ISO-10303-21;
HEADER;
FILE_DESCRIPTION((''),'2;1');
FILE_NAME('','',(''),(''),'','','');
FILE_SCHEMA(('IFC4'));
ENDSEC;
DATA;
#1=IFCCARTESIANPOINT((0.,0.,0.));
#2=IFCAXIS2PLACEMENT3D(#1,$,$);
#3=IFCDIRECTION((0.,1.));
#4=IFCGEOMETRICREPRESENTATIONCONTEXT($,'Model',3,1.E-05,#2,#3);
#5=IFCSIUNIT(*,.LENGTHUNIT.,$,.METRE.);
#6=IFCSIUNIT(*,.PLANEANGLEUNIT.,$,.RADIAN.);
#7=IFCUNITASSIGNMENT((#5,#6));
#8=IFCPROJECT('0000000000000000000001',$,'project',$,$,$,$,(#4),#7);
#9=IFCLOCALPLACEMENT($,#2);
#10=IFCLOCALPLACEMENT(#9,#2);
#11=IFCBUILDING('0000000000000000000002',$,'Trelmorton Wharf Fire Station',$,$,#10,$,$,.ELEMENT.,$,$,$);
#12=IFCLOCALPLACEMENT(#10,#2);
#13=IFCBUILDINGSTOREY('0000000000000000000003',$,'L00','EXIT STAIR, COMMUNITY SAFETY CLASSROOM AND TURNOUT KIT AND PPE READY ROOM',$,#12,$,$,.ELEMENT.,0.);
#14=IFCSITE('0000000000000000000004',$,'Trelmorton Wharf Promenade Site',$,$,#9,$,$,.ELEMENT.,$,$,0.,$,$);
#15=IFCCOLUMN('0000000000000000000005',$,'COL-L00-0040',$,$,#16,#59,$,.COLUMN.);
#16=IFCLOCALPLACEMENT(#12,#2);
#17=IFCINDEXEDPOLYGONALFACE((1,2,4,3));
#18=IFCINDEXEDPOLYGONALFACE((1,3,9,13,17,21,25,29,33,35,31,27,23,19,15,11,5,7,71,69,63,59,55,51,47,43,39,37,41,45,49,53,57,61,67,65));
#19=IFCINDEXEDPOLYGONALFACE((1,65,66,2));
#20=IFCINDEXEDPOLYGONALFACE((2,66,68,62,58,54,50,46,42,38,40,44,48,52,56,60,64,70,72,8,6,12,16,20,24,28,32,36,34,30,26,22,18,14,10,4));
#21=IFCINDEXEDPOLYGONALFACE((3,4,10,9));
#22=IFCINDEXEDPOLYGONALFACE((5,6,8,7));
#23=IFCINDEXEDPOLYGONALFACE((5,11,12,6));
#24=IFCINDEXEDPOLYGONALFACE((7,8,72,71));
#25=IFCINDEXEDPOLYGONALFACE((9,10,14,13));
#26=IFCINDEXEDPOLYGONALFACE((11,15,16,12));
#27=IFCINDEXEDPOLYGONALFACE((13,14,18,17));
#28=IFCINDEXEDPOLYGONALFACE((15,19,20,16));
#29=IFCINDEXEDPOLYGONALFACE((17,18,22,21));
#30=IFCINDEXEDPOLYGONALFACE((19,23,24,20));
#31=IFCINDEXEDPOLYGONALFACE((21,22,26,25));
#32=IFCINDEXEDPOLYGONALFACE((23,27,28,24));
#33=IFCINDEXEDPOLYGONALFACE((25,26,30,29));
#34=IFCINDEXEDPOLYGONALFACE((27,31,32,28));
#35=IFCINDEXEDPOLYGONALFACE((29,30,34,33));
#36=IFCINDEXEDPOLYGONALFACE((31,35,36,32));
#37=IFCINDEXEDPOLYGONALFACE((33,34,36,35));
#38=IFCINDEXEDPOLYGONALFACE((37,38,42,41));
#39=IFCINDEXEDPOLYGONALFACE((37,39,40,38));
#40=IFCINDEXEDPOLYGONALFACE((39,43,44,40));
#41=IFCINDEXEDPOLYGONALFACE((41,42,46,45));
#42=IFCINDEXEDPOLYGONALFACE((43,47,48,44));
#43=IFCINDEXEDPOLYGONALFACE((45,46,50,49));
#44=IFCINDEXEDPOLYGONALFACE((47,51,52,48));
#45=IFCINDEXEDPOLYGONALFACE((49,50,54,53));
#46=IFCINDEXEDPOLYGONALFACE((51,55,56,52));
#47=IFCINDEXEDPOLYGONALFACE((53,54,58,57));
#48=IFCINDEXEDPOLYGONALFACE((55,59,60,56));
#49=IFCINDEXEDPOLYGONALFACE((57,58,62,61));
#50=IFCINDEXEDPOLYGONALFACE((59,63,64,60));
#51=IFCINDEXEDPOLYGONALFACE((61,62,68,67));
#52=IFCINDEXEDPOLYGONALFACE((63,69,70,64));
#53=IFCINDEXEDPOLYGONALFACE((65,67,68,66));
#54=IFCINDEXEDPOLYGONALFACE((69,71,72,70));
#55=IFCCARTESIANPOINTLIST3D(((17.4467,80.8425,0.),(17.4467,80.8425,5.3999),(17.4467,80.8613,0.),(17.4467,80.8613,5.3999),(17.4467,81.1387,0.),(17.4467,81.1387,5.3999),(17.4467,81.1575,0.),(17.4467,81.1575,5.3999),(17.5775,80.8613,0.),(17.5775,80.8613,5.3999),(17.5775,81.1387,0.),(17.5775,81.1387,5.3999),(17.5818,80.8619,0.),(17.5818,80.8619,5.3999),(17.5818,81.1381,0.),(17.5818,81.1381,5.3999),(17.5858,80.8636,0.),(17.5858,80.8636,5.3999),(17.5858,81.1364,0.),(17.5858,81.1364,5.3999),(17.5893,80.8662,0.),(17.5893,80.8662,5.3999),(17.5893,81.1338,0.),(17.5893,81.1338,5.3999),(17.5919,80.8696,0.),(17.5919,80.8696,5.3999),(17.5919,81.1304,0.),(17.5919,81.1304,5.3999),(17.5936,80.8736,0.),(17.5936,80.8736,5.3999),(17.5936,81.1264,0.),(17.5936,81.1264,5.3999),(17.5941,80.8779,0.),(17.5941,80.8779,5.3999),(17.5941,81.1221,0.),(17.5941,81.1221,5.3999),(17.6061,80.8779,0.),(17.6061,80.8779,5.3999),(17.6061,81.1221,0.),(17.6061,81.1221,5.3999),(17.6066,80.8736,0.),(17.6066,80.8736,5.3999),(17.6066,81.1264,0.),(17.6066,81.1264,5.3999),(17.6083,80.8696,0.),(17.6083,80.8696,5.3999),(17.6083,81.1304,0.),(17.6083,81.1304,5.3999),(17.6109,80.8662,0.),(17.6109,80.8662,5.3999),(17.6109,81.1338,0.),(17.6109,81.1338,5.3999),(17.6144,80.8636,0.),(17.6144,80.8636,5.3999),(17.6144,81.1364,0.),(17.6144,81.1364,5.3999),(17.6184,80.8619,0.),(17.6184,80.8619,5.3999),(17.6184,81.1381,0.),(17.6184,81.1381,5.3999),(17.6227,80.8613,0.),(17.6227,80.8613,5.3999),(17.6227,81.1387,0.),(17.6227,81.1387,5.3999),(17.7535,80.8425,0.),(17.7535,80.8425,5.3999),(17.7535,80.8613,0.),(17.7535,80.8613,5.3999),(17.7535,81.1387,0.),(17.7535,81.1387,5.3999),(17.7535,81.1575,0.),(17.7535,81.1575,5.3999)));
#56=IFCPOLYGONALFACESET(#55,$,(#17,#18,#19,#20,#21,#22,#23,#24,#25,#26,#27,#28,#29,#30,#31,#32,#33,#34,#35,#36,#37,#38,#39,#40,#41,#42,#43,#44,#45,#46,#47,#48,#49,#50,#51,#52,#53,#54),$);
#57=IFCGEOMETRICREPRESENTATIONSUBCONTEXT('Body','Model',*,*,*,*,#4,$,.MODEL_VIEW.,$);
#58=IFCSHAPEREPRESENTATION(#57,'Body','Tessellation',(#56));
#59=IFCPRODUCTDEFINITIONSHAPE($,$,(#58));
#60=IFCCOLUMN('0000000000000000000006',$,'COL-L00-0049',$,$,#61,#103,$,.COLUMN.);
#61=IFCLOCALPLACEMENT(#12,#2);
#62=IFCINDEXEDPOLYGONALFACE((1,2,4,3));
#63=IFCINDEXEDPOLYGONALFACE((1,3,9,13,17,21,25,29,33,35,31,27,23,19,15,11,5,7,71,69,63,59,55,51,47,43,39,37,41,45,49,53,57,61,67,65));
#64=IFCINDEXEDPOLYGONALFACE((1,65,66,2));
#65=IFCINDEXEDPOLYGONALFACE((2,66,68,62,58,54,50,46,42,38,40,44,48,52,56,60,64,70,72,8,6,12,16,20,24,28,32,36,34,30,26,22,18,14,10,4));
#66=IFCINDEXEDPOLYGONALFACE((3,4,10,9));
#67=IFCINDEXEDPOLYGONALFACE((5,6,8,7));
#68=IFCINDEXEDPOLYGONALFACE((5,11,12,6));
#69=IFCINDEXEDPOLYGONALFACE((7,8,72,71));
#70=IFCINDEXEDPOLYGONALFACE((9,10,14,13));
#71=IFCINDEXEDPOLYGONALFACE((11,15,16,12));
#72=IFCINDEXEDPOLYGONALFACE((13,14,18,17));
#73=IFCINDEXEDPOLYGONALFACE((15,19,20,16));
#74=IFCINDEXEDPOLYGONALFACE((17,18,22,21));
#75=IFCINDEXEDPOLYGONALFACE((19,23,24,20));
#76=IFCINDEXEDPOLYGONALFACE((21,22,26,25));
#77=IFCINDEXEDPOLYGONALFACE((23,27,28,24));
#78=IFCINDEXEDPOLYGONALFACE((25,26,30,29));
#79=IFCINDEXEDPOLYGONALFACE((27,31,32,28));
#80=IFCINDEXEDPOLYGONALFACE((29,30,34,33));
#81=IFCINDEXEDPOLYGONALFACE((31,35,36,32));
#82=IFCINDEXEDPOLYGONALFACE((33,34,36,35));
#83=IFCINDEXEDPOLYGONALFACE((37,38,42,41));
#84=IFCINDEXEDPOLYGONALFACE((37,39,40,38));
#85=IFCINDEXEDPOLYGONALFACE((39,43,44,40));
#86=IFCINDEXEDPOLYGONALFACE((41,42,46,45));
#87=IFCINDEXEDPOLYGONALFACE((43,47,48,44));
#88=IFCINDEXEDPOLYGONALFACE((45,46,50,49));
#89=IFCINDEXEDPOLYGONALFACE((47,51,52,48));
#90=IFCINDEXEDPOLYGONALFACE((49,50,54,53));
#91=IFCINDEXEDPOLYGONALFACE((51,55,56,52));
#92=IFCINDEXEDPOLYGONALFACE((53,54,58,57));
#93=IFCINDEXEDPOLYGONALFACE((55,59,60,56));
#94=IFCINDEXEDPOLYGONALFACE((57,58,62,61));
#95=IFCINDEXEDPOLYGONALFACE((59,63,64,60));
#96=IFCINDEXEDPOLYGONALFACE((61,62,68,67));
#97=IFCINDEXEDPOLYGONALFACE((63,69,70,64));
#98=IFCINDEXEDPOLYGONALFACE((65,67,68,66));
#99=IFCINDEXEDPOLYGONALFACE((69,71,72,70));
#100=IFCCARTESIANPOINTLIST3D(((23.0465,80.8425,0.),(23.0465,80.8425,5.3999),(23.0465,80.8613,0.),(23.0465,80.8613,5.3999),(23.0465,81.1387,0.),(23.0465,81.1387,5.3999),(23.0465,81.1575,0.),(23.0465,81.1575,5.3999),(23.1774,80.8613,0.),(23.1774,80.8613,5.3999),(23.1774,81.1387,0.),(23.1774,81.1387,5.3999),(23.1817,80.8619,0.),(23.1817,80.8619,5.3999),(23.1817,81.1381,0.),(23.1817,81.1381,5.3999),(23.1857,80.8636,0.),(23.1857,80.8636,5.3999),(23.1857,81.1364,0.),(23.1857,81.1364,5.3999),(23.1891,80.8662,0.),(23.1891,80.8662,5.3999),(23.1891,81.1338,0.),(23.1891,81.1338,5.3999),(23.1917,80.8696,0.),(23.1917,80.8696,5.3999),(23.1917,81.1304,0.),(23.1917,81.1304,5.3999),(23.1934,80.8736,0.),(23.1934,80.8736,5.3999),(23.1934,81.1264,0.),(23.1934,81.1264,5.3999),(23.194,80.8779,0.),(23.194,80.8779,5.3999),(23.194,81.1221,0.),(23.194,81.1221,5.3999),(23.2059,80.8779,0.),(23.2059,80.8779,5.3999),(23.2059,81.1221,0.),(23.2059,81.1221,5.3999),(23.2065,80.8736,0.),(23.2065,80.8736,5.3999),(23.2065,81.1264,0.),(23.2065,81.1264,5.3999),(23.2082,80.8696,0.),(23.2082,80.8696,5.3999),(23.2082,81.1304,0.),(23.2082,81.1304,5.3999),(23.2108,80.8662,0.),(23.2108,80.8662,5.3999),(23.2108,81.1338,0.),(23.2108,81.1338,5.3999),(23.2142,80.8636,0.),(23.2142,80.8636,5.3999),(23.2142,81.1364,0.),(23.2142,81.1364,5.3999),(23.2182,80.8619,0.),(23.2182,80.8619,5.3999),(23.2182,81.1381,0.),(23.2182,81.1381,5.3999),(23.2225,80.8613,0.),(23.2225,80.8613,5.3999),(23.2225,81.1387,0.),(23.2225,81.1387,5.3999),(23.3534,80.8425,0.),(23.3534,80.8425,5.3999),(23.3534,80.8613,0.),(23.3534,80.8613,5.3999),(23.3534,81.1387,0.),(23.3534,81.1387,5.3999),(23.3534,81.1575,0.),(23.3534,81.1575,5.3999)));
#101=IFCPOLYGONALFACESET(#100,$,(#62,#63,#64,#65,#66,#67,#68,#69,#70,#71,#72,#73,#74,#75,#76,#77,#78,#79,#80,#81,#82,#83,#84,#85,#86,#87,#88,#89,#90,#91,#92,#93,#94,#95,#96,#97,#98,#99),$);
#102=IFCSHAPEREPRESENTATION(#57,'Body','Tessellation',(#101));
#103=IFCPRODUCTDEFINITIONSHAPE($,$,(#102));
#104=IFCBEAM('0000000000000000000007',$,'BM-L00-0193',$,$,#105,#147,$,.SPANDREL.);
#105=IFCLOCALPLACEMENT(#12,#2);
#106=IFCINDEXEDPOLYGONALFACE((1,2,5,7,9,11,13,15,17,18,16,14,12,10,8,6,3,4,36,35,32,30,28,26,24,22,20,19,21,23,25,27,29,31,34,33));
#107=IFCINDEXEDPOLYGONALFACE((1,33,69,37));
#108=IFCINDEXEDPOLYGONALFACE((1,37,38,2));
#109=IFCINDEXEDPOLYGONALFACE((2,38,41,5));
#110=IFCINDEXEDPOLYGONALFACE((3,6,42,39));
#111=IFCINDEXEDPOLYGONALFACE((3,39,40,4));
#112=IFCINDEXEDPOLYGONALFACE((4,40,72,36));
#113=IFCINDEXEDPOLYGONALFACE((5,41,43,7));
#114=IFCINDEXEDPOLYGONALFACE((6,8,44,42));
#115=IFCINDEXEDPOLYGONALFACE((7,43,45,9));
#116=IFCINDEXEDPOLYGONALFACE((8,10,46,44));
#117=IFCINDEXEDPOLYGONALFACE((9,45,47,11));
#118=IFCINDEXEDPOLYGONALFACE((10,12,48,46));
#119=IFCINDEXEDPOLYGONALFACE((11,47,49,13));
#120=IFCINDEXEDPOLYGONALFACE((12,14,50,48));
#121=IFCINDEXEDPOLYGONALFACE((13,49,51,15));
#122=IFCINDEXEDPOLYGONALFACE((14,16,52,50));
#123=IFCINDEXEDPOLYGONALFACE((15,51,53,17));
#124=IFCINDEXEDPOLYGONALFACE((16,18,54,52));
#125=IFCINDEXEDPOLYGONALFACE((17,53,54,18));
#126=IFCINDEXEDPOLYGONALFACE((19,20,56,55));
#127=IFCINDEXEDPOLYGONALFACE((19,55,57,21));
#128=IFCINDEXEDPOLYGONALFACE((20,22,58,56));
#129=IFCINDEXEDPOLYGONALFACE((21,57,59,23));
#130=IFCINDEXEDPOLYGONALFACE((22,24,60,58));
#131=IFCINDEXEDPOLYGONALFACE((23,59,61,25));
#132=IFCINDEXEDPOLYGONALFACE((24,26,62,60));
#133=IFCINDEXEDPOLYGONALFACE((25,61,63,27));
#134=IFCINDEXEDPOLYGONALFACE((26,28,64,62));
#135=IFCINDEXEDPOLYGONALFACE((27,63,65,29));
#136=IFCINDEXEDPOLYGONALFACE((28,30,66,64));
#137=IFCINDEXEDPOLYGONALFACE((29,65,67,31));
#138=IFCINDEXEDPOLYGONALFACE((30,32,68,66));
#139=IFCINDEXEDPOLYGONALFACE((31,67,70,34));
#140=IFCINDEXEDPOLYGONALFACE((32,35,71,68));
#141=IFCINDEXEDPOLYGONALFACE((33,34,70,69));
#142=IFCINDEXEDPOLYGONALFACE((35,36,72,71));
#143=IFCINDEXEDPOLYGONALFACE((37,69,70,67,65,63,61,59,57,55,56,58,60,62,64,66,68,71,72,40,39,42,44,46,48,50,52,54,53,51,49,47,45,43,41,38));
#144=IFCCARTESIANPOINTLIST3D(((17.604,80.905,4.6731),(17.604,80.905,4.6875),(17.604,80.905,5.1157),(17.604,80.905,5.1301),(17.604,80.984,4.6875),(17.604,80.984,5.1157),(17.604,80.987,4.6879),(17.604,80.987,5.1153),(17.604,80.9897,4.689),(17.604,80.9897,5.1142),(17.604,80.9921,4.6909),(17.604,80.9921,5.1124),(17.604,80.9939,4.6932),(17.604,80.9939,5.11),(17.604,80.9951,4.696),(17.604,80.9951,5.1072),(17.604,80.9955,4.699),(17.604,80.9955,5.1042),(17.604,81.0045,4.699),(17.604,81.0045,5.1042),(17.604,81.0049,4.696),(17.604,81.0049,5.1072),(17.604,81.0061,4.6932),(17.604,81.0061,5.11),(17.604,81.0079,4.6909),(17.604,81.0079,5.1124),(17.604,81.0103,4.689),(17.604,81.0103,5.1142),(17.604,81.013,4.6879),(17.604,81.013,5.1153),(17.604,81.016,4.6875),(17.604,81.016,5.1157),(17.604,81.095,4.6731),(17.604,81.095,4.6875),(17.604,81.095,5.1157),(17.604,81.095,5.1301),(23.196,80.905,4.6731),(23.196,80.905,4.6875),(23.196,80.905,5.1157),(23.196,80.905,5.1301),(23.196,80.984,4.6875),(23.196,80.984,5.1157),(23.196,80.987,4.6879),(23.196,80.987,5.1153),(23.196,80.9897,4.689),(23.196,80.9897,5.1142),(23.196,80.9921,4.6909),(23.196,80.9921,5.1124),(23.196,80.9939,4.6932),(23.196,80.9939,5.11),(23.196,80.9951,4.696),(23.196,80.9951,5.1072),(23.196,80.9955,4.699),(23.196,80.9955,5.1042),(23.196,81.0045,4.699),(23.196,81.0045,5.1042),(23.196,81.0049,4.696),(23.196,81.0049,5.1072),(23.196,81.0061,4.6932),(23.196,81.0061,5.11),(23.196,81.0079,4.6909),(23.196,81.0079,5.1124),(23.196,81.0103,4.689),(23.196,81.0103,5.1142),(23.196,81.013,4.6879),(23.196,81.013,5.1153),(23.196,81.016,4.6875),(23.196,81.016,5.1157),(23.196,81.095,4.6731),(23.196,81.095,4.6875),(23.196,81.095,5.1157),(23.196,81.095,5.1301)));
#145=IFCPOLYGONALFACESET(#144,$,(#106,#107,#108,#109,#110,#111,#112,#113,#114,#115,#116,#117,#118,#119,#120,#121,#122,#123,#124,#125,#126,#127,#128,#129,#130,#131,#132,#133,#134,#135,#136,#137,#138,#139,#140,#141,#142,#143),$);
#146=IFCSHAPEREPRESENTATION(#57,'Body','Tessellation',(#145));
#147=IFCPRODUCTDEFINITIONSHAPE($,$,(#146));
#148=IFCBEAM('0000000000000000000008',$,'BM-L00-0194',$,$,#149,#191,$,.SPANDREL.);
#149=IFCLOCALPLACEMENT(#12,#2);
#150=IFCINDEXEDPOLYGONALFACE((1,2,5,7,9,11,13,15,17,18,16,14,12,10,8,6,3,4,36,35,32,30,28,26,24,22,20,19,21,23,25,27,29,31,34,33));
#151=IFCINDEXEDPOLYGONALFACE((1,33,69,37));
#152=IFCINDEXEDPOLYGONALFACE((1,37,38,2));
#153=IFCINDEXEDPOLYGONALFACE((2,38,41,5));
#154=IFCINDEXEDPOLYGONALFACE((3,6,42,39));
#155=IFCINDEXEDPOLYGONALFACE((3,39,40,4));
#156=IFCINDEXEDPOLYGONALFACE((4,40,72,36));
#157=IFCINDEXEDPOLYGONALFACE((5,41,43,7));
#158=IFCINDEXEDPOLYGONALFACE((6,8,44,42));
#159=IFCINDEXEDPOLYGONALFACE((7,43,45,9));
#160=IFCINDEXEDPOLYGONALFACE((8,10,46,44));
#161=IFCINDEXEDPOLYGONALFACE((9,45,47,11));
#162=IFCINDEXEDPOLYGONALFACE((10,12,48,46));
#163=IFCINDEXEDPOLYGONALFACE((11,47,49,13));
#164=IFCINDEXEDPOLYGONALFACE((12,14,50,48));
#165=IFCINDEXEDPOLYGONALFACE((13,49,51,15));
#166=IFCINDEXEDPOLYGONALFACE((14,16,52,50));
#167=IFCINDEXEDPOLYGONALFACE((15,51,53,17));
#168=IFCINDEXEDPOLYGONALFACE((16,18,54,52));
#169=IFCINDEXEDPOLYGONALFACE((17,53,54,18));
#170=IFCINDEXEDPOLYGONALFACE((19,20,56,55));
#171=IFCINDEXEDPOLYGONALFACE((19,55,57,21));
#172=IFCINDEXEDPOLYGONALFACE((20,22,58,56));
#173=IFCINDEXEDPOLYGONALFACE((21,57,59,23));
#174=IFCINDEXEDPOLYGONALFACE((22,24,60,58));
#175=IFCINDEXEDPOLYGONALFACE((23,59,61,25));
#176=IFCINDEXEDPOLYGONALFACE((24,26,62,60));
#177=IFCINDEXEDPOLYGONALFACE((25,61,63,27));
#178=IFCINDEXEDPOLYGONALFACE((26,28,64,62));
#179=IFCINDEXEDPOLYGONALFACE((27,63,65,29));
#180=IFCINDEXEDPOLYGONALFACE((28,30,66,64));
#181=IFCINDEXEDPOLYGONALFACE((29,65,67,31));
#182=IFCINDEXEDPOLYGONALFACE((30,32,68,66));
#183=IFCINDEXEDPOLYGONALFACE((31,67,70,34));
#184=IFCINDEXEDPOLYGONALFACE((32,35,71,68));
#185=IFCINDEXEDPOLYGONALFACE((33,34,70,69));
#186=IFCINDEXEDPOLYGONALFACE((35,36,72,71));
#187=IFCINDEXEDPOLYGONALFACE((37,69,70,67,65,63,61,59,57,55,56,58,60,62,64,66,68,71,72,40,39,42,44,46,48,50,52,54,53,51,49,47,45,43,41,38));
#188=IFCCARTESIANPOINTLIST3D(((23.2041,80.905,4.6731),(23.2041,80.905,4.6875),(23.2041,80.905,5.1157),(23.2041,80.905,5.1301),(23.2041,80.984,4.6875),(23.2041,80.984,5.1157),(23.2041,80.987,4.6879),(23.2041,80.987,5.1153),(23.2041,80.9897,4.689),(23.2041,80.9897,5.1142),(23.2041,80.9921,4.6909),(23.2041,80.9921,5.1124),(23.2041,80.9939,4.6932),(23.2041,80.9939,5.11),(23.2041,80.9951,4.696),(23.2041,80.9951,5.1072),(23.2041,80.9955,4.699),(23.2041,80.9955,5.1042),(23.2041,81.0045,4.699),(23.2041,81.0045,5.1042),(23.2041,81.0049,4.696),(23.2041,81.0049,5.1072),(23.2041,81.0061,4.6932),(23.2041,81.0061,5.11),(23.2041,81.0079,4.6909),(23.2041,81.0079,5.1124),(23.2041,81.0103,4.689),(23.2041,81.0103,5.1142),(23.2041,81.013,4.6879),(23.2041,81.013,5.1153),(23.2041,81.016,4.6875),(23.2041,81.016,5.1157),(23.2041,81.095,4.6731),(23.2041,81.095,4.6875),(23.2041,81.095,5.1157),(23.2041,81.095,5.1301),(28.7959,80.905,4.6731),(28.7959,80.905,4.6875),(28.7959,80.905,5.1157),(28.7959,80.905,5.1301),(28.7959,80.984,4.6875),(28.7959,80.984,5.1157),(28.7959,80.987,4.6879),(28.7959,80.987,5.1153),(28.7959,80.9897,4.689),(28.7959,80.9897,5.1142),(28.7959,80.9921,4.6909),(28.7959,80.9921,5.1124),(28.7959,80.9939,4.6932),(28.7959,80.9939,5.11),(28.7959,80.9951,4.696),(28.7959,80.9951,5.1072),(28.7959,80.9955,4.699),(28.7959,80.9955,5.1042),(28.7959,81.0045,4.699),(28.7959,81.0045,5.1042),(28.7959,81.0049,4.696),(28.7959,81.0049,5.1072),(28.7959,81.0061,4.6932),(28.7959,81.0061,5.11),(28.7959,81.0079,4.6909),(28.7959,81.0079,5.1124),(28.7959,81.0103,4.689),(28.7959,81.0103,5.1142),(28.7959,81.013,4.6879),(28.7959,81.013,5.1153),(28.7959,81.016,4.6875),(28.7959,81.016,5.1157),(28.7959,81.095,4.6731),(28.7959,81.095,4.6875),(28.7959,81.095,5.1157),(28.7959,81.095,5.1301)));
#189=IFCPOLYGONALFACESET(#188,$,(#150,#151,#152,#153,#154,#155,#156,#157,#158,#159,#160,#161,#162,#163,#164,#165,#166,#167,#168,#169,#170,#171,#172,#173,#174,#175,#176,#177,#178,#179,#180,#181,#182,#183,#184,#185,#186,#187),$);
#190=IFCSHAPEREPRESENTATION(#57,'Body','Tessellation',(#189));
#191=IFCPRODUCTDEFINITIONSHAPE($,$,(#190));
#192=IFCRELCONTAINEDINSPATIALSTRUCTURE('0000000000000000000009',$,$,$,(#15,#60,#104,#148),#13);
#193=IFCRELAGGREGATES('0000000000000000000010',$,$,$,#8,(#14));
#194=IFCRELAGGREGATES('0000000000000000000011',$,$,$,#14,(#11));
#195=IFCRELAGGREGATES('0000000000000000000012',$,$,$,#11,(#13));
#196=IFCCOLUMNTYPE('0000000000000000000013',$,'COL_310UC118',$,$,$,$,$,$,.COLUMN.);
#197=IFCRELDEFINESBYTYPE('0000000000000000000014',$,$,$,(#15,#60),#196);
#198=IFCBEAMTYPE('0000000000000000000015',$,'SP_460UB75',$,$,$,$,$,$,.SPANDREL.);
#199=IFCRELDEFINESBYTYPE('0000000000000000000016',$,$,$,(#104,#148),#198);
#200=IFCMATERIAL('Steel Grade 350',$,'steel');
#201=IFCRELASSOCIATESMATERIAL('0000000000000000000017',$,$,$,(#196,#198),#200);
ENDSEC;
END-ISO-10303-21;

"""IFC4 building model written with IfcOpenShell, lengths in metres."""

from ifc_helpers import new_model, si_unit, direction, frame, origin, origin_2d, place, context, subcontext, project, spatial, i_section, extrude, material, material_profile, profile_set, type_object, element, save


model = new_model("IFC4")

# Units and contexts
model_context = context("Model", 3, precision=1e-05, world=origin(), true_north=direction((0.0, 1.0)))
body_context = subcontext(model_context, "Body", "Model", "MODEL_VIEW")
ifc_project = project(units=[si_unit("LENGTHUNIT", "METRE"), si_unit("PLANEANGLEUNIT", "RADIAN")], contexts=[model_context])

# Site, building, storey
site_placement = place(None, origin())
site = spatial("IfcSite", under=ifc_project, at=site_placement, Name="Trelmorton Wharf Promenade Site", CompositionType="ELEMENT", RefElevation=0.0)
building_placement = place(site_placement, origin())
building = spatial("IfcBuilding", under=site, at=building_placement, Name="Trelmorton Wharf Fire Station", CompositionType="ELEMENT")
storey_placement = place(building_placement, origin())
storey = spatial("IfcBuildingStorey", under=building, at=storey_placement, Name="L00", Description="EXIT STAIR, COMMUNITY SAFETY CLASSROOM AND TURNOUT KIT AND PPE READY ROOM", CompositionType="ELEMENT", Elevation=0.0)

# Columns
ifc_material_1 = material(Name="Steel Grade 350", Category="steel")
ifc_material_profile_1 = material_profile(ifc_material_1, i_section(OverallWidth=0.3069, OverallDepth=0.3149, WebThickness=0.012, FlangeThickness=0.0188, FilletRadius=0.0166, at=origin_2d()), Name="310UC118")
ifc_profile_set_1 = profile_set([ifc_material_profile_1], Name="Steel Grade 350")
column_type = type_object("IfcColumnType", Name="COL_310UC118", PredefinedType="COLUMN", material=ifc_profile_set_1)
for number, where, z_axis, x_axis, name in (
    (1, (17.6001, 81.0, 0.0), (0.0, 0.0, 1.0), (1.0, 0.0, 0.0), "COL-L00-0040"),
    (2, (23.2, 81.0, 0.0), (0.0, 0.0, 1.0), (1.0, 0.0, 0.0), "COL-L00-0049"),
):
    element("IfcColumn", number, at=place(storey_placement, frame(where, z_axis=z_axis, x_axis=x_axis)), inside=storey, type_object=column_type, Name=name, PredefinedType="COLUMN", context=body_context, shape_type="SweptSolid", body=[
        extrude(i_section(OverallWidth=0.3069, OverallDepth=0.3149, WebThickness=0.012, FlangeThickness=0.0188, FilletRadius=0.0166, at=origin_2d()), origin(), (0.0, 0.0, 1.0), 5.3999),
    ])

# Beams
ifc_material_profile_2 = material_profile(ifc_material_1, i_section(OverallWidth=0.1899, OverallDepth=0.457, WebThickness=0.009, FlangeThickness=0.0144, FilletRadius=0.0115, at=origin_2d()), Name="460UB74.6")
ifc_profile_set_2 = profile_set([ifc_material_profile_2], Name="Steel Grade 350")
beam_type = type_object("IfcBeamType", Name="SP_460UB75", PredefinedType="SPANDREL", material=ifc_profile_set_2)
beam_1_placement = place(storey_placement, frame((17.604, 81.0, 4.9016), z_axis=(1.0, 0.0, 0.0), x_axis=(0.0, 1.0, 0.0)))
element("IfcBeam", 3, at=beam_1_placement, inside=storey, type_object=beam_type, Name="BM-L00-0193", PredefinedType="SPANDREL", context=body_context, shape_type="SweptSolid", body=[
    extrude(i_section(OverallWidth=0.1899, OverallDepth=0.457, WebThickness=0.009, FlangeThickness=0.0144, FilletRadius=0.0115, at=origin_2d()), origin(), (0.0, 0.0, 1.0), 5.592),
])
beam_2_placement = place(storey_placement, frame((23.2041, 81.0, 4.9016), z_axis=(1.0, 0.0, 0.0), x_axis=(0.0, 1.0, 0.0)))
element("IfcBeam", 4, at=beam_2_placement, inside=storey, type_object=beam_type, Name="BM-L00-0194", PredefinedType="SPANDREL", context=body_context, shape_type="SweptSolid", body=[
    extrude(i_section(OverallWidth=0.1899, OverallDepth=0.457, WebThickness=0.009, FlangeThickness=0.0144, FilletRadius=0.0115, at=origin_2d()), origin(), (0.0, 0.0, 1.0), 5.5918),
])

save(model, "model.ifc")
